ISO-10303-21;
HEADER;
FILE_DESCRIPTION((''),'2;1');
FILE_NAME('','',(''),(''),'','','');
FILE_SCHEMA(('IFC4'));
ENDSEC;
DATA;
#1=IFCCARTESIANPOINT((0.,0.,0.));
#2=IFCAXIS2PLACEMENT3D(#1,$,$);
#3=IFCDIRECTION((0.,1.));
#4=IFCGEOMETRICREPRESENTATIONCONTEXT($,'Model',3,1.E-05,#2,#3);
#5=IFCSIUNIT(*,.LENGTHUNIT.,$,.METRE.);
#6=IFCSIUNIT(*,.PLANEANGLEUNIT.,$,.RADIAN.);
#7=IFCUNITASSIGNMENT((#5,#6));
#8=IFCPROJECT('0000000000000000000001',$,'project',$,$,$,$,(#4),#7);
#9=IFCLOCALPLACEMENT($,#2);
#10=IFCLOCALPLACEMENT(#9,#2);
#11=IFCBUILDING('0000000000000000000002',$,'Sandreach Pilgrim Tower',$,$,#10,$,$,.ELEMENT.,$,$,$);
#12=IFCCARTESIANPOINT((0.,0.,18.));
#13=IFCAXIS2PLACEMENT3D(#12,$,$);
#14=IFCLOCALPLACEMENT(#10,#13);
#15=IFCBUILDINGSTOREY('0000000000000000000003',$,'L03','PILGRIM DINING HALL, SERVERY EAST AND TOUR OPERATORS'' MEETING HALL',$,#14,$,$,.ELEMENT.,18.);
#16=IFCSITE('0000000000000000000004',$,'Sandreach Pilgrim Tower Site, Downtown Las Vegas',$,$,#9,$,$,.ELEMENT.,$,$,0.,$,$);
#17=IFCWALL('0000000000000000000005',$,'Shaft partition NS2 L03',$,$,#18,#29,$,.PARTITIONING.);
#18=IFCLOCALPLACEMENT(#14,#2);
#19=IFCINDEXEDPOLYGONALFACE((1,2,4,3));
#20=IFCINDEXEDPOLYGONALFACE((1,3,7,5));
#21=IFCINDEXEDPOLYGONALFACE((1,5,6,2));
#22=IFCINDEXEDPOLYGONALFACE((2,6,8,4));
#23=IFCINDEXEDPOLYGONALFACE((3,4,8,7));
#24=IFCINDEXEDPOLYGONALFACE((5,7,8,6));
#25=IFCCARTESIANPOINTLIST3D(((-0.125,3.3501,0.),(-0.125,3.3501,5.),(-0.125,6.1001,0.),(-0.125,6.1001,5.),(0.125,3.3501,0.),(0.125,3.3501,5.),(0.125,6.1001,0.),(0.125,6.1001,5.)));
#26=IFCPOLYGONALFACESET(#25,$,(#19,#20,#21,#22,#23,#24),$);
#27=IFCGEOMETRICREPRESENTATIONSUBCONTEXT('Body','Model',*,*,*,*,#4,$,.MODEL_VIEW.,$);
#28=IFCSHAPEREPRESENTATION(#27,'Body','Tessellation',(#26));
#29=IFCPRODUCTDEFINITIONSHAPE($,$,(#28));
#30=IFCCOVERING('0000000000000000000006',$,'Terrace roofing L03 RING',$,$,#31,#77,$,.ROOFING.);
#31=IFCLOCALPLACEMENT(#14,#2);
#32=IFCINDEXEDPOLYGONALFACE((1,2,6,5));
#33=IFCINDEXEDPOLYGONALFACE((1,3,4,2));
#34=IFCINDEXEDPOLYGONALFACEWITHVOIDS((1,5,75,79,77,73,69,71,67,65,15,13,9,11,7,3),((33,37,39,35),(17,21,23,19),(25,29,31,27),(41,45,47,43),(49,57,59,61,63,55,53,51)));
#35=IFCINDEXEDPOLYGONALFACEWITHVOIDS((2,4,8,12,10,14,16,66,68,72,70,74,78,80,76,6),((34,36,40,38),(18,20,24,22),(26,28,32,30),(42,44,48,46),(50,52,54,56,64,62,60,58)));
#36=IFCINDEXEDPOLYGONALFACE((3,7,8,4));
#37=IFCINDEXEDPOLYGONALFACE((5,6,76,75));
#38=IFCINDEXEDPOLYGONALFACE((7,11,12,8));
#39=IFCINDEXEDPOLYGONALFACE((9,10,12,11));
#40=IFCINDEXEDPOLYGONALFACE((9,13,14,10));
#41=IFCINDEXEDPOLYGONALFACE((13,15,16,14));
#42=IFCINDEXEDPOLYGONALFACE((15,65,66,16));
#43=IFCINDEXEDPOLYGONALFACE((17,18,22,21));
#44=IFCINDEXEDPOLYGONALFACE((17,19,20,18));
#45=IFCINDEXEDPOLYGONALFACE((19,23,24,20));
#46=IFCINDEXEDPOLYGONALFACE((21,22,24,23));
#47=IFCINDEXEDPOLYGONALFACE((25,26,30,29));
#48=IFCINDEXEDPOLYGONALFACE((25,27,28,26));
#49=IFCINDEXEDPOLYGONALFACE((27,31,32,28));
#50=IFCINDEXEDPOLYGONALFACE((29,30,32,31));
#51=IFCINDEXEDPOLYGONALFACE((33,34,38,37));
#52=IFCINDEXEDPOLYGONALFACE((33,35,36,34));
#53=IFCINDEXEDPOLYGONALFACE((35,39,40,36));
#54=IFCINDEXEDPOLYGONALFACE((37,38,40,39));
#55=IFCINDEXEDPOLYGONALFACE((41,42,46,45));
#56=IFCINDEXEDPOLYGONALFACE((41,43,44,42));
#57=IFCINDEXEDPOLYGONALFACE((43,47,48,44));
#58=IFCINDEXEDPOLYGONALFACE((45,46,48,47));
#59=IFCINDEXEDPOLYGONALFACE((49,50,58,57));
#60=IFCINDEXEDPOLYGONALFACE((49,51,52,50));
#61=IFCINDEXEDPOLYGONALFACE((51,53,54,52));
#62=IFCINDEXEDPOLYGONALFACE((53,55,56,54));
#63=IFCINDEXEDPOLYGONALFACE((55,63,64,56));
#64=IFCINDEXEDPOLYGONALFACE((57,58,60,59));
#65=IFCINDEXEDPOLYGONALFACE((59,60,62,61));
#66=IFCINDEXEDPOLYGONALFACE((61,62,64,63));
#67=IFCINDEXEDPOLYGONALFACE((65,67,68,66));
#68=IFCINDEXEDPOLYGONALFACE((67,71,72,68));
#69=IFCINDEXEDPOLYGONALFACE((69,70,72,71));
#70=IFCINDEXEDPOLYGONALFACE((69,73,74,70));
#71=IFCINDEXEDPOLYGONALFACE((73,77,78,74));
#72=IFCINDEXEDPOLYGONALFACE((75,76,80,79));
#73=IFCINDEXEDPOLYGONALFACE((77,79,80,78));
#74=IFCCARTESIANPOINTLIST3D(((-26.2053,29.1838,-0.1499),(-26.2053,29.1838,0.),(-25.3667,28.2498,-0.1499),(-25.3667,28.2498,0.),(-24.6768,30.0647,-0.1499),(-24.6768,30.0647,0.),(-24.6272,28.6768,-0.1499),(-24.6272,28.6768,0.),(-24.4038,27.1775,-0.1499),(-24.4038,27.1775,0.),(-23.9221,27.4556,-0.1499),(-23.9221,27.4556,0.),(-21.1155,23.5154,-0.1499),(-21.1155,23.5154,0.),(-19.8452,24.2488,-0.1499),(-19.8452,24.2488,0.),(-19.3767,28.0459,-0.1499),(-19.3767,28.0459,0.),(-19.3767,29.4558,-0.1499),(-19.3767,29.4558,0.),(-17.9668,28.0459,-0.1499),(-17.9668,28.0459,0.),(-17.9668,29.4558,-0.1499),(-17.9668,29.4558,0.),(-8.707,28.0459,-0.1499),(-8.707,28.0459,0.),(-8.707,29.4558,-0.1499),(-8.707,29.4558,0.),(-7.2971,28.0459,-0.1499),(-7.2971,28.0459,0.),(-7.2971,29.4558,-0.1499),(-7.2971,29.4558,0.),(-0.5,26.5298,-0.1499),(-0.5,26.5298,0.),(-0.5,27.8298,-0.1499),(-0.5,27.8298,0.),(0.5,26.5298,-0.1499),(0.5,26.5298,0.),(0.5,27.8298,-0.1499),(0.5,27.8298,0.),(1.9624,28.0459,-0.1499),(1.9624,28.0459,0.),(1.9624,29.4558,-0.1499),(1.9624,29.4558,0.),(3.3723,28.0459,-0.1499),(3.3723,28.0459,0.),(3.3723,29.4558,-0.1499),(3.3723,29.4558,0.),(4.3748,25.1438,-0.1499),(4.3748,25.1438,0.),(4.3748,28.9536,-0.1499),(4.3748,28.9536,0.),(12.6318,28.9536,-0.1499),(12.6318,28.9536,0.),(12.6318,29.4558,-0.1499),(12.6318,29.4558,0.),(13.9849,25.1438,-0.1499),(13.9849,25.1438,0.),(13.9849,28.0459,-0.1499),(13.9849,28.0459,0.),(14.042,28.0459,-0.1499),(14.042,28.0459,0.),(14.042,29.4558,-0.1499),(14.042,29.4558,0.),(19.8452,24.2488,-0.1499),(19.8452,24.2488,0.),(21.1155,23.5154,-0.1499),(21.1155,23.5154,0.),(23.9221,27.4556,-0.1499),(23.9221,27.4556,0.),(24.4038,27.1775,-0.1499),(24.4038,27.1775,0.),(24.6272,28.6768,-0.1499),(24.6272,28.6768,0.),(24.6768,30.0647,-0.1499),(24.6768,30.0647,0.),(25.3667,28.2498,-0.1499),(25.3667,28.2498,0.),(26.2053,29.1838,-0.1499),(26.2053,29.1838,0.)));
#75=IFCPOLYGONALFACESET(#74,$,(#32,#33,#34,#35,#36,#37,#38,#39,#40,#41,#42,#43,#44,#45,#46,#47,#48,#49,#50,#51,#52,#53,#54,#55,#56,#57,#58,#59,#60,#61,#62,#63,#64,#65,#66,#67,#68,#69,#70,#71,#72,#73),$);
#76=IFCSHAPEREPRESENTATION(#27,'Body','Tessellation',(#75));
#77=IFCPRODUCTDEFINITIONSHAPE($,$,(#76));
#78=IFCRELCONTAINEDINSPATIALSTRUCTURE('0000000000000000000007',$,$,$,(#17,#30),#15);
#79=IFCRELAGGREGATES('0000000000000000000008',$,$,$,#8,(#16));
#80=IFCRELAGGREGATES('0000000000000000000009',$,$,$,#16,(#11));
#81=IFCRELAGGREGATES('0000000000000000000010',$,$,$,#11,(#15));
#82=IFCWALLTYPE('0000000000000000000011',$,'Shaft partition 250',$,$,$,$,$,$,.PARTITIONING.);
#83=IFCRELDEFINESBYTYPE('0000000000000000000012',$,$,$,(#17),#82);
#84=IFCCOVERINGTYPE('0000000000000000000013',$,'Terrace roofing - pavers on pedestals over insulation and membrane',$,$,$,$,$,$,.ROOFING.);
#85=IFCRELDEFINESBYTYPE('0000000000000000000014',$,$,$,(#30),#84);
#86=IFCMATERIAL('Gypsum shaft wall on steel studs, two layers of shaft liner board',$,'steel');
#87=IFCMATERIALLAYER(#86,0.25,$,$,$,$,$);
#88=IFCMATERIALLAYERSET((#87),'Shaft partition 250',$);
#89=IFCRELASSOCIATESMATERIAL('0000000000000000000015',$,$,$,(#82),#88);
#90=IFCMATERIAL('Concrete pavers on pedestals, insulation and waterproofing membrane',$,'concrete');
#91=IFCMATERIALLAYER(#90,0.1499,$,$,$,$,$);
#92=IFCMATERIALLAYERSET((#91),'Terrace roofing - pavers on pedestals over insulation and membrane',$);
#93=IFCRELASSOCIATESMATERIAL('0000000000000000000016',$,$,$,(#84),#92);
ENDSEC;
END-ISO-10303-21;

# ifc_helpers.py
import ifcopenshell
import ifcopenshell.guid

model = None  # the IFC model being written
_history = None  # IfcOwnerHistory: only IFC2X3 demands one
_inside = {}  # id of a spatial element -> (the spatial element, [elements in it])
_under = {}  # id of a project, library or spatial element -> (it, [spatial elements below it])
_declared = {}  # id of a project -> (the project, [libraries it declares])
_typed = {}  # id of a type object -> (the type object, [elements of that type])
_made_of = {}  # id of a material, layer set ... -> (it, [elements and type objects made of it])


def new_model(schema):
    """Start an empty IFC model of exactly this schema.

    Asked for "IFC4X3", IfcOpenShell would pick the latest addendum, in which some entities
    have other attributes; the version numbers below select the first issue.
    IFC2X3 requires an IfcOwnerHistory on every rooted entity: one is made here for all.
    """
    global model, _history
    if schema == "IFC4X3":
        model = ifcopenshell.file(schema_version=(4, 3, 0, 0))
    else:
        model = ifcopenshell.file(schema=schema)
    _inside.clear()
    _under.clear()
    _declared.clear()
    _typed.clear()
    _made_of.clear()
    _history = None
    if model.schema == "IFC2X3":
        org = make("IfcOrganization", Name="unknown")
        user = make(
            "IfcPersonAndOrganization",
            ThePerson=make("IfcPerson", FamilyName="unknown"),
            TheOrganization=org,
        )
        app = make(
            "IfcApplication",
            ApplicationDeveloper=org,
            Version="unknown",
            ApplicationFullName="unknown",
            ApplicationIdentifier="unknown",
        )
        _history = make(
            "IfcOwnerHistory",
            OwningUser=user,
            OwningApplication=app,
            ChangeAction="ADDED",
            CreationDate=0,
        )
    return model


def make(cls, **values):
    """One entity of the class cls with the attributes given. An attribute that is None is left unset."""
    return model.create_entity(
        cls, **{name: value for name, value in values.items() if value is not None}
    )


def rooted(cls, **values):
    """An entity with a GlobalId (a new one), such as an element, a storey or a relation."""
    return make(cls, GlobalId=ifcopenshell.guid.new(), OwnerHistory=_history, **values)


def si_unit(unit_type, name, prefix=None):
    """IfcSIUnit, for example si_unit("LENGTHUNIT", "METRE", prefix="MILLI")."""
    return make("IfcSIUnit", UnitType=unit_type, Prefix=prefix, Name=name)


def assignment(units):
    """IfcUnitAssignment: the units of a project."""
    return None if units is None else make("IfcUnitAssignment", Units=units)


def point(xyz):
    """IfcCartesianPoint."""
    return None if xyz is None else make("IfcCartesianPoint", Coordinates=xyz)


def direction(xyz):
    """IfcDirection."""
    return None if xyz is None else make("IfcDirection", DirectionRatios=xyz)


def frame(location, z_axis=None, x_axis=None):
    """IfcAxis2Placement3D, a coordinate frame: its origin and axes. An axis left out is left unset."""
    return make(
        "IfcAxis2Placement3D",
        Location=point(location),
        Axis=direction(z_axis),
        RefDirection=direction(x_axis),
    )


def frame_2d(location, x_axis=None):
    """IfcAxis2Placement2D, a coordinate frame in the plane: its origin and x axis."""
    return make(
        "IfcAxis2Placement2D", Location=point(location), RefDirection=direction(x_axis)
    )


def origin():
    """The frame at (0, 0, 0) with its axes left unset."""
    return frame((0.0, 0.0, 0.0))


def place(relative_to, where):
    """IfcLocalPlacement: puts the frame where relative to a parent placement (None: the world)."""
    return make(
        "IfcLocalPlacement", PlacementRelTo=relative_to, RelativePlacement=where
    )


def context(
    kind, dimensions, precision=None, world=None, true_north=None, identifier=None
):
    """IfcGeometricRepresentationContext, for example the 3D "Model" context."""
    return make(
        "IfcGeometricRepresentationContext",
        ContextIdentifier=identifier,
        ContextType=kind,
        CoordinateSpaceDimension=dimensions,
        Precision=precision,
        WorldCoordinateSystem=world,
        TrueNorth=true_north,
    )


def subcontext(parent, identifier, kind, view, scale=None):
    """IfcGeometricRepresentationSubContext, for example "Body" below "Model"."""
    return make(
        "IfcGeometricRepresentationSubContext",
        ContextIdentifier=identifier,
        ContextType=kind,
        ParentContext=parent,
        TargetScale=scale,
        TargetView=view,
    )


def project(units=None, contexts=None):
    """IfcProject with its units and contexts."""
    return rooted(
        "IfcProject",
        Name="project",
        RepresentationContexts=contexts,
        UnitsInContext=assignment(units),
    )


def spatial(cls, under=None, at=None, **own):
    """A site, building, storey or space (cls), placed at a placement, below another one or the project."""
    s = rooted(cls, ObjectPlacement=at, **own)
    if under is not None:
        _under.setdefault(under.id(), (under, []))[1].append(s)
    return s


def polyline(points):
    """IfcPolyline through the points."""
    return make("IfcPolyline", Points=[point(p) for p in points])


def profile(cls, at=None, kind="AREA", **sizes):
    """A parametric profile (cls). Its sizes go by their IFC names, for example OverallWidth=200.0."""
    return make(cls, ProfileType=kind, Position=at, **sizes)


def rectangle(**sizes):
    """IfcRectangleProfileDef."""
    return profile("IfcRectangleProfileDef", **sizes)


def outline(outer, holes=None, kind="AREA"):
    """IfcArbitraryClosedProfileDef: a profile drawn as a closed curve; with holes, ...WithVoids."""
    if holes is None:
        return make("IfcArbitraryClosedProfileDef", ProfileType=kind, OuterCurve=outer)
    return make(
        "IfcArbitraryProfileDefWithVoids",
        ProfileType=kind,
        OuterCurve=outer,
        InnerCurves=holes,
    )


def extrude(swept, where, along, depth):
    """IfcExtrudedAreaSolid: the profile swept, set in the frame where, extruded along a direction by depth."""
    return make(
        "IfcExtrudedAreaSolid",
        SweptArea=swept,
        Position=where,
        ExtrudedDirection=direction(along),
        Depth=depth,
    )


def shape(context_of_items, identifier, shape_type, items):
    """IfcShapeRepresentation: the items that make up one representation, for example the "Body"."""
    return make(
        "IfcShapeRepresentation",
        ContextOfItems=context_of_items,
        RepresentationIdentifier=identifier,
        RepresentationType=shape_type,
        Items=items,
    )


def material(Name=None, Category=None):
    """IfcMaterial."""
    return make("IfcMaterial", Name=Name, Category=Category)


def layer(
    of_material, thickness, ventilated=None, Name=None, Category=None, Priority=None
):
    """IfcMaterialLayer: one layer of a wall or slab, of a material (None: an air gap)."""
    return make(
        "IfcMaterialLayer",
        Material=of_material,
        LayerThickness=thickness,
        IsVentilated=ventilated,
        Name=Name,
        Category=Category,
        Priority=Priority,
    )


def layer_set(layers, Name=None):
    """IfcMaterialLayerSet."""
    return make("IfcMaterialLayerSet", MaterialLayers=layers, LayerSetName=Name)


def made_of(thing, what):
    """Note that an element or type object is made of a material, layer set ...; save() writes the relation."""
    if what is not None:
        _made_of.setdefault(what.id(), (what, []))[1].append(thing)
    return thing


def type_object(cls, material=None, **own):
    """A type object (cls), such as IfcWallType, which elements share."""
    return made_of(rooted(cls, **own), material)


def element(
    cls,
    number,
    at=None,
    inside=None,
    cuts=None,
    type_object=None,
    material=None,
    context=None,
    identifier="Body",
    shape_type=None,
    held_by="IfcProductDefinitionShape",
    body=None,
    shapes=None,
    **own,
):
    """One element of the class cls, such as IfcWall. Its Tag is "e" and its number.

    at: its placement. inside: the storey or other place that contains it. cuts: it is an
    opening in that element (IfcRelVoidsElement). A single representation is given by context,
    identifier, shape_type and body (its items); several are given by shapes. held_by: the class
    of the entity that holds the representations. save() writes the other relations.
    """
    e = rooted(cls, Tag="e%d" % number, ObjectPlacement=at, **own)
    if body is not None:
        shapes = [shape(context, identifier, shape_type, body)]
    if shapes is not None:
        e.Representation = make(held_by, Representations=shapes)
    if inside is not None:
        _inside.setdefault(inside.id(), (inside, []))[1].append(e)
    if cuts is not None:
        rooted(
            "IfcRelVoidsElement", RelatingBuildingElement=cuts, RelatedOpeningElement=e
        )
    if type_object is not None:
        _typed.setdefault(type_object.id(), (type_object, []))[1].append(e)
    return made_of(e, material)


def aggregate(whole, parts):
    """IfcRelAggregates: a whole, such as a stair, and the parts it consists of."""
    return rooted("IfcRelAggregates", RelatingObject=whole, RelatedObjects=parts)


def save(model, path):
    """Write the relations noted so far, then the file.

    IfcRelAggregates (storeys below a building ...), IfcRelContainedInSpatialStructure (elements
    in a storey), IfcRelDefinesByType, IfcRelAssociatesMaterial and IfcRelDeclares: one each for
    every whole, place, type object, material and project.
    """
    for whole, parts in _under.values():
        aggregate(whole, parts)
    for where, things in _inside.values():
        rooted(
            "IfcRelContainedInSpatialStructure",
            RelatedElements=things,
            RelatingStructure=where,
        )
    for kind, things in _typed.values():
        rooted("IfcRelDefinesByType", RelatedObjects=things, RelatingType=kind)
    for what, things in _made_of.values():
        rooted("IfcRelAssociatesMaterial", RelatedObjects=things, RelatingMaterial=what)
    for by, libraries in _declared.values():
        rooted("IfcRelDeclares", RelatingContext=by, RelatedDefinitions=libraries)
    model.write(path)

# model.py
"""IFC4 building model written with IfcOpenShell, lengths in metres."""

from ifc_helpers import new_model, si_unit, direction, frame, frame_2d, origin, place, context, subcontext, project, spatial, polyline, rectangle, outline, extrude, material, layer, layer_set, type_object, element, save


model = new_model("IFC4")

# Units and contexts
model_context = context("Model", 3, precision=1e-05, world=origin(), true_north=direction((0.0, 1.0)))
body_context = subcontext(model_context, "Body", "Model", "MODEL_VIEW")
ifc_project = project(units=[si_unit("LENGTHUNIT", "METRE"), si_unit("PLANEANGLEUNIT", "RADIAN")], contexts=[model_context])

# Site, building, storey
site_placement = place(None, origin())
site = spatial("IfcSite", under=ifc_project, at=site_placement, Name="Sandreach Pilgrim Tower Site, Downtown Las Vegas", CompositionType="ELEMENT", RefElevation=0.0)
building_placement = place(site_placement, origin())
building = spatial("IfcBuilding", under=site, at=building_placement, Name="Sandreach Pilgrim Tower", CompositionType="ELEMENT")
storey_placement = place(building_placement, frame((0.0, 0.0, 18.0)))
storey = spatial("IfcBuildingStorey", under=building, at=storey_placement, Name="L03", Description="PILGRIM DINING HALL, SERVERY EAST AND TOUR OPERATORS' MEETING HALL", CompositionType="ELEMENT", Elevation=18.0)

# Wall
ifc_material_1 = material(Name="Gypsum shaft wall on steel studs, two layers of shaft liner board", Category="steel")
ifc_layer_1 = layer(ifc_material_1, 0.25)
ifc_layer_set_1 = layer_set([ifc_layer_1], Name="Shaft partition 250")
wall_type = type_object("IfcWallType", Name="Shaft partition 250", PredefinedType="PARTITIONING", material=ifc_layer_set_1)
wall_placement = place(storey_placement, frame((0.0, 3.3501, 0.0), z_axis=(0.0, 0.0, 1.0), x_axis=(0.0, 1.0, 0.0)))
element("IfcWall", 1, at=wall_placement, inside=storey, type_object=wall_type, Name="Shaft partition NS2 L03", PredefinedType="PARTITIONING", context=body_context, shape_type="SweptSolid", body=[
    extrude(rectangle(XDim=2.75, YDim=0.25, at=frame_2d((1.375, 0.0))), origin(), (0.0, 0.0, 1.0), 5.0),
])

# Covering
ifc_material_2 = material(Name="Concrete pavers on pedestals, insulation and waterproofing membrane", Category="concrete")
ifc_layer_2 = layer(ifc_material_2, 0.1499)
ifc_layer_set_2 = layer_set([ifc_layer_2], Name="Terrace roofing - pavers on pedestals over insulation and membrane")
covering_type = type_object("IfcCoveringType", Name="Terrace roofing - pavers on pedestals over insulation and membrane", PredefinedType="ROOFING", material=ifc_layer_set_2)
covering_placement = place(storey_placement, frame((0.0, 0.0, -0.1499)))
element("IfcCovering", 2, at=covering_placement, inside=storey, type_object=covering_type, Name="Terrace roofing L03 RING", PredefinedType="ROOFING", context=body_context, shape_type="SweptSolid", body=[
    extrude(outline(polyline([(25.3667, 28.2498), (24.6272, 28.6768), (23.9221, 27.4556), (24.4038, 27.1775), (21.1155, 23.5154), (19.8452, 24.2488), (-19.8452, 24.2488), (-21.1155, 23.5154), (-24.4038, 27.1775), (-23.9221, 27.4556), (-24.6272, 28.6768), (-25.3667, 28.2498), (-26.2053, 29.1838), (-24.6768, 30.0647), (24.6768, 30.0647), (26.2053, 29.1838), (25.3667, 28.2498)]), holes=[polyline([(-0.5, 26.5298), (0.5, 26.5298), (0.5, 27.8298), (-0.5, 27.8298), (-0.5, 26.5298)]), polyline([(-17.9668, 29.4558), (-19.3767, 29.4558), (-19.3767, 28.0459), (-17.9668, 28.0459), (-17.9668, 29.4558)]), polyline([(-7.2971, 29.4558), (-8.707, 29.4558), (-8.707, 28.0459), (-7.2971, 28.0459), (-7.2971, 29.4558)]), polyline([(3.3723, 29.4558), (1.9624, 29.4558), (1.9624, 28.0459), (3.3723, 28.0459), (3.3723, 29.4558)]), polyline([(4.3748, 28.9536), (4.3748, 25.1438), (13.9849, 25.1438), (13.9849, 28.0459), (14.042, 28.0459), (14.042, 29.4558), (12.6318, 29.4558), (12.6318, 28.9536), (4.3748, 28.9536)])]), origin(), (0.0, 0.0, 1.0), 0.1499),
])

save(model, "model.ifc")
